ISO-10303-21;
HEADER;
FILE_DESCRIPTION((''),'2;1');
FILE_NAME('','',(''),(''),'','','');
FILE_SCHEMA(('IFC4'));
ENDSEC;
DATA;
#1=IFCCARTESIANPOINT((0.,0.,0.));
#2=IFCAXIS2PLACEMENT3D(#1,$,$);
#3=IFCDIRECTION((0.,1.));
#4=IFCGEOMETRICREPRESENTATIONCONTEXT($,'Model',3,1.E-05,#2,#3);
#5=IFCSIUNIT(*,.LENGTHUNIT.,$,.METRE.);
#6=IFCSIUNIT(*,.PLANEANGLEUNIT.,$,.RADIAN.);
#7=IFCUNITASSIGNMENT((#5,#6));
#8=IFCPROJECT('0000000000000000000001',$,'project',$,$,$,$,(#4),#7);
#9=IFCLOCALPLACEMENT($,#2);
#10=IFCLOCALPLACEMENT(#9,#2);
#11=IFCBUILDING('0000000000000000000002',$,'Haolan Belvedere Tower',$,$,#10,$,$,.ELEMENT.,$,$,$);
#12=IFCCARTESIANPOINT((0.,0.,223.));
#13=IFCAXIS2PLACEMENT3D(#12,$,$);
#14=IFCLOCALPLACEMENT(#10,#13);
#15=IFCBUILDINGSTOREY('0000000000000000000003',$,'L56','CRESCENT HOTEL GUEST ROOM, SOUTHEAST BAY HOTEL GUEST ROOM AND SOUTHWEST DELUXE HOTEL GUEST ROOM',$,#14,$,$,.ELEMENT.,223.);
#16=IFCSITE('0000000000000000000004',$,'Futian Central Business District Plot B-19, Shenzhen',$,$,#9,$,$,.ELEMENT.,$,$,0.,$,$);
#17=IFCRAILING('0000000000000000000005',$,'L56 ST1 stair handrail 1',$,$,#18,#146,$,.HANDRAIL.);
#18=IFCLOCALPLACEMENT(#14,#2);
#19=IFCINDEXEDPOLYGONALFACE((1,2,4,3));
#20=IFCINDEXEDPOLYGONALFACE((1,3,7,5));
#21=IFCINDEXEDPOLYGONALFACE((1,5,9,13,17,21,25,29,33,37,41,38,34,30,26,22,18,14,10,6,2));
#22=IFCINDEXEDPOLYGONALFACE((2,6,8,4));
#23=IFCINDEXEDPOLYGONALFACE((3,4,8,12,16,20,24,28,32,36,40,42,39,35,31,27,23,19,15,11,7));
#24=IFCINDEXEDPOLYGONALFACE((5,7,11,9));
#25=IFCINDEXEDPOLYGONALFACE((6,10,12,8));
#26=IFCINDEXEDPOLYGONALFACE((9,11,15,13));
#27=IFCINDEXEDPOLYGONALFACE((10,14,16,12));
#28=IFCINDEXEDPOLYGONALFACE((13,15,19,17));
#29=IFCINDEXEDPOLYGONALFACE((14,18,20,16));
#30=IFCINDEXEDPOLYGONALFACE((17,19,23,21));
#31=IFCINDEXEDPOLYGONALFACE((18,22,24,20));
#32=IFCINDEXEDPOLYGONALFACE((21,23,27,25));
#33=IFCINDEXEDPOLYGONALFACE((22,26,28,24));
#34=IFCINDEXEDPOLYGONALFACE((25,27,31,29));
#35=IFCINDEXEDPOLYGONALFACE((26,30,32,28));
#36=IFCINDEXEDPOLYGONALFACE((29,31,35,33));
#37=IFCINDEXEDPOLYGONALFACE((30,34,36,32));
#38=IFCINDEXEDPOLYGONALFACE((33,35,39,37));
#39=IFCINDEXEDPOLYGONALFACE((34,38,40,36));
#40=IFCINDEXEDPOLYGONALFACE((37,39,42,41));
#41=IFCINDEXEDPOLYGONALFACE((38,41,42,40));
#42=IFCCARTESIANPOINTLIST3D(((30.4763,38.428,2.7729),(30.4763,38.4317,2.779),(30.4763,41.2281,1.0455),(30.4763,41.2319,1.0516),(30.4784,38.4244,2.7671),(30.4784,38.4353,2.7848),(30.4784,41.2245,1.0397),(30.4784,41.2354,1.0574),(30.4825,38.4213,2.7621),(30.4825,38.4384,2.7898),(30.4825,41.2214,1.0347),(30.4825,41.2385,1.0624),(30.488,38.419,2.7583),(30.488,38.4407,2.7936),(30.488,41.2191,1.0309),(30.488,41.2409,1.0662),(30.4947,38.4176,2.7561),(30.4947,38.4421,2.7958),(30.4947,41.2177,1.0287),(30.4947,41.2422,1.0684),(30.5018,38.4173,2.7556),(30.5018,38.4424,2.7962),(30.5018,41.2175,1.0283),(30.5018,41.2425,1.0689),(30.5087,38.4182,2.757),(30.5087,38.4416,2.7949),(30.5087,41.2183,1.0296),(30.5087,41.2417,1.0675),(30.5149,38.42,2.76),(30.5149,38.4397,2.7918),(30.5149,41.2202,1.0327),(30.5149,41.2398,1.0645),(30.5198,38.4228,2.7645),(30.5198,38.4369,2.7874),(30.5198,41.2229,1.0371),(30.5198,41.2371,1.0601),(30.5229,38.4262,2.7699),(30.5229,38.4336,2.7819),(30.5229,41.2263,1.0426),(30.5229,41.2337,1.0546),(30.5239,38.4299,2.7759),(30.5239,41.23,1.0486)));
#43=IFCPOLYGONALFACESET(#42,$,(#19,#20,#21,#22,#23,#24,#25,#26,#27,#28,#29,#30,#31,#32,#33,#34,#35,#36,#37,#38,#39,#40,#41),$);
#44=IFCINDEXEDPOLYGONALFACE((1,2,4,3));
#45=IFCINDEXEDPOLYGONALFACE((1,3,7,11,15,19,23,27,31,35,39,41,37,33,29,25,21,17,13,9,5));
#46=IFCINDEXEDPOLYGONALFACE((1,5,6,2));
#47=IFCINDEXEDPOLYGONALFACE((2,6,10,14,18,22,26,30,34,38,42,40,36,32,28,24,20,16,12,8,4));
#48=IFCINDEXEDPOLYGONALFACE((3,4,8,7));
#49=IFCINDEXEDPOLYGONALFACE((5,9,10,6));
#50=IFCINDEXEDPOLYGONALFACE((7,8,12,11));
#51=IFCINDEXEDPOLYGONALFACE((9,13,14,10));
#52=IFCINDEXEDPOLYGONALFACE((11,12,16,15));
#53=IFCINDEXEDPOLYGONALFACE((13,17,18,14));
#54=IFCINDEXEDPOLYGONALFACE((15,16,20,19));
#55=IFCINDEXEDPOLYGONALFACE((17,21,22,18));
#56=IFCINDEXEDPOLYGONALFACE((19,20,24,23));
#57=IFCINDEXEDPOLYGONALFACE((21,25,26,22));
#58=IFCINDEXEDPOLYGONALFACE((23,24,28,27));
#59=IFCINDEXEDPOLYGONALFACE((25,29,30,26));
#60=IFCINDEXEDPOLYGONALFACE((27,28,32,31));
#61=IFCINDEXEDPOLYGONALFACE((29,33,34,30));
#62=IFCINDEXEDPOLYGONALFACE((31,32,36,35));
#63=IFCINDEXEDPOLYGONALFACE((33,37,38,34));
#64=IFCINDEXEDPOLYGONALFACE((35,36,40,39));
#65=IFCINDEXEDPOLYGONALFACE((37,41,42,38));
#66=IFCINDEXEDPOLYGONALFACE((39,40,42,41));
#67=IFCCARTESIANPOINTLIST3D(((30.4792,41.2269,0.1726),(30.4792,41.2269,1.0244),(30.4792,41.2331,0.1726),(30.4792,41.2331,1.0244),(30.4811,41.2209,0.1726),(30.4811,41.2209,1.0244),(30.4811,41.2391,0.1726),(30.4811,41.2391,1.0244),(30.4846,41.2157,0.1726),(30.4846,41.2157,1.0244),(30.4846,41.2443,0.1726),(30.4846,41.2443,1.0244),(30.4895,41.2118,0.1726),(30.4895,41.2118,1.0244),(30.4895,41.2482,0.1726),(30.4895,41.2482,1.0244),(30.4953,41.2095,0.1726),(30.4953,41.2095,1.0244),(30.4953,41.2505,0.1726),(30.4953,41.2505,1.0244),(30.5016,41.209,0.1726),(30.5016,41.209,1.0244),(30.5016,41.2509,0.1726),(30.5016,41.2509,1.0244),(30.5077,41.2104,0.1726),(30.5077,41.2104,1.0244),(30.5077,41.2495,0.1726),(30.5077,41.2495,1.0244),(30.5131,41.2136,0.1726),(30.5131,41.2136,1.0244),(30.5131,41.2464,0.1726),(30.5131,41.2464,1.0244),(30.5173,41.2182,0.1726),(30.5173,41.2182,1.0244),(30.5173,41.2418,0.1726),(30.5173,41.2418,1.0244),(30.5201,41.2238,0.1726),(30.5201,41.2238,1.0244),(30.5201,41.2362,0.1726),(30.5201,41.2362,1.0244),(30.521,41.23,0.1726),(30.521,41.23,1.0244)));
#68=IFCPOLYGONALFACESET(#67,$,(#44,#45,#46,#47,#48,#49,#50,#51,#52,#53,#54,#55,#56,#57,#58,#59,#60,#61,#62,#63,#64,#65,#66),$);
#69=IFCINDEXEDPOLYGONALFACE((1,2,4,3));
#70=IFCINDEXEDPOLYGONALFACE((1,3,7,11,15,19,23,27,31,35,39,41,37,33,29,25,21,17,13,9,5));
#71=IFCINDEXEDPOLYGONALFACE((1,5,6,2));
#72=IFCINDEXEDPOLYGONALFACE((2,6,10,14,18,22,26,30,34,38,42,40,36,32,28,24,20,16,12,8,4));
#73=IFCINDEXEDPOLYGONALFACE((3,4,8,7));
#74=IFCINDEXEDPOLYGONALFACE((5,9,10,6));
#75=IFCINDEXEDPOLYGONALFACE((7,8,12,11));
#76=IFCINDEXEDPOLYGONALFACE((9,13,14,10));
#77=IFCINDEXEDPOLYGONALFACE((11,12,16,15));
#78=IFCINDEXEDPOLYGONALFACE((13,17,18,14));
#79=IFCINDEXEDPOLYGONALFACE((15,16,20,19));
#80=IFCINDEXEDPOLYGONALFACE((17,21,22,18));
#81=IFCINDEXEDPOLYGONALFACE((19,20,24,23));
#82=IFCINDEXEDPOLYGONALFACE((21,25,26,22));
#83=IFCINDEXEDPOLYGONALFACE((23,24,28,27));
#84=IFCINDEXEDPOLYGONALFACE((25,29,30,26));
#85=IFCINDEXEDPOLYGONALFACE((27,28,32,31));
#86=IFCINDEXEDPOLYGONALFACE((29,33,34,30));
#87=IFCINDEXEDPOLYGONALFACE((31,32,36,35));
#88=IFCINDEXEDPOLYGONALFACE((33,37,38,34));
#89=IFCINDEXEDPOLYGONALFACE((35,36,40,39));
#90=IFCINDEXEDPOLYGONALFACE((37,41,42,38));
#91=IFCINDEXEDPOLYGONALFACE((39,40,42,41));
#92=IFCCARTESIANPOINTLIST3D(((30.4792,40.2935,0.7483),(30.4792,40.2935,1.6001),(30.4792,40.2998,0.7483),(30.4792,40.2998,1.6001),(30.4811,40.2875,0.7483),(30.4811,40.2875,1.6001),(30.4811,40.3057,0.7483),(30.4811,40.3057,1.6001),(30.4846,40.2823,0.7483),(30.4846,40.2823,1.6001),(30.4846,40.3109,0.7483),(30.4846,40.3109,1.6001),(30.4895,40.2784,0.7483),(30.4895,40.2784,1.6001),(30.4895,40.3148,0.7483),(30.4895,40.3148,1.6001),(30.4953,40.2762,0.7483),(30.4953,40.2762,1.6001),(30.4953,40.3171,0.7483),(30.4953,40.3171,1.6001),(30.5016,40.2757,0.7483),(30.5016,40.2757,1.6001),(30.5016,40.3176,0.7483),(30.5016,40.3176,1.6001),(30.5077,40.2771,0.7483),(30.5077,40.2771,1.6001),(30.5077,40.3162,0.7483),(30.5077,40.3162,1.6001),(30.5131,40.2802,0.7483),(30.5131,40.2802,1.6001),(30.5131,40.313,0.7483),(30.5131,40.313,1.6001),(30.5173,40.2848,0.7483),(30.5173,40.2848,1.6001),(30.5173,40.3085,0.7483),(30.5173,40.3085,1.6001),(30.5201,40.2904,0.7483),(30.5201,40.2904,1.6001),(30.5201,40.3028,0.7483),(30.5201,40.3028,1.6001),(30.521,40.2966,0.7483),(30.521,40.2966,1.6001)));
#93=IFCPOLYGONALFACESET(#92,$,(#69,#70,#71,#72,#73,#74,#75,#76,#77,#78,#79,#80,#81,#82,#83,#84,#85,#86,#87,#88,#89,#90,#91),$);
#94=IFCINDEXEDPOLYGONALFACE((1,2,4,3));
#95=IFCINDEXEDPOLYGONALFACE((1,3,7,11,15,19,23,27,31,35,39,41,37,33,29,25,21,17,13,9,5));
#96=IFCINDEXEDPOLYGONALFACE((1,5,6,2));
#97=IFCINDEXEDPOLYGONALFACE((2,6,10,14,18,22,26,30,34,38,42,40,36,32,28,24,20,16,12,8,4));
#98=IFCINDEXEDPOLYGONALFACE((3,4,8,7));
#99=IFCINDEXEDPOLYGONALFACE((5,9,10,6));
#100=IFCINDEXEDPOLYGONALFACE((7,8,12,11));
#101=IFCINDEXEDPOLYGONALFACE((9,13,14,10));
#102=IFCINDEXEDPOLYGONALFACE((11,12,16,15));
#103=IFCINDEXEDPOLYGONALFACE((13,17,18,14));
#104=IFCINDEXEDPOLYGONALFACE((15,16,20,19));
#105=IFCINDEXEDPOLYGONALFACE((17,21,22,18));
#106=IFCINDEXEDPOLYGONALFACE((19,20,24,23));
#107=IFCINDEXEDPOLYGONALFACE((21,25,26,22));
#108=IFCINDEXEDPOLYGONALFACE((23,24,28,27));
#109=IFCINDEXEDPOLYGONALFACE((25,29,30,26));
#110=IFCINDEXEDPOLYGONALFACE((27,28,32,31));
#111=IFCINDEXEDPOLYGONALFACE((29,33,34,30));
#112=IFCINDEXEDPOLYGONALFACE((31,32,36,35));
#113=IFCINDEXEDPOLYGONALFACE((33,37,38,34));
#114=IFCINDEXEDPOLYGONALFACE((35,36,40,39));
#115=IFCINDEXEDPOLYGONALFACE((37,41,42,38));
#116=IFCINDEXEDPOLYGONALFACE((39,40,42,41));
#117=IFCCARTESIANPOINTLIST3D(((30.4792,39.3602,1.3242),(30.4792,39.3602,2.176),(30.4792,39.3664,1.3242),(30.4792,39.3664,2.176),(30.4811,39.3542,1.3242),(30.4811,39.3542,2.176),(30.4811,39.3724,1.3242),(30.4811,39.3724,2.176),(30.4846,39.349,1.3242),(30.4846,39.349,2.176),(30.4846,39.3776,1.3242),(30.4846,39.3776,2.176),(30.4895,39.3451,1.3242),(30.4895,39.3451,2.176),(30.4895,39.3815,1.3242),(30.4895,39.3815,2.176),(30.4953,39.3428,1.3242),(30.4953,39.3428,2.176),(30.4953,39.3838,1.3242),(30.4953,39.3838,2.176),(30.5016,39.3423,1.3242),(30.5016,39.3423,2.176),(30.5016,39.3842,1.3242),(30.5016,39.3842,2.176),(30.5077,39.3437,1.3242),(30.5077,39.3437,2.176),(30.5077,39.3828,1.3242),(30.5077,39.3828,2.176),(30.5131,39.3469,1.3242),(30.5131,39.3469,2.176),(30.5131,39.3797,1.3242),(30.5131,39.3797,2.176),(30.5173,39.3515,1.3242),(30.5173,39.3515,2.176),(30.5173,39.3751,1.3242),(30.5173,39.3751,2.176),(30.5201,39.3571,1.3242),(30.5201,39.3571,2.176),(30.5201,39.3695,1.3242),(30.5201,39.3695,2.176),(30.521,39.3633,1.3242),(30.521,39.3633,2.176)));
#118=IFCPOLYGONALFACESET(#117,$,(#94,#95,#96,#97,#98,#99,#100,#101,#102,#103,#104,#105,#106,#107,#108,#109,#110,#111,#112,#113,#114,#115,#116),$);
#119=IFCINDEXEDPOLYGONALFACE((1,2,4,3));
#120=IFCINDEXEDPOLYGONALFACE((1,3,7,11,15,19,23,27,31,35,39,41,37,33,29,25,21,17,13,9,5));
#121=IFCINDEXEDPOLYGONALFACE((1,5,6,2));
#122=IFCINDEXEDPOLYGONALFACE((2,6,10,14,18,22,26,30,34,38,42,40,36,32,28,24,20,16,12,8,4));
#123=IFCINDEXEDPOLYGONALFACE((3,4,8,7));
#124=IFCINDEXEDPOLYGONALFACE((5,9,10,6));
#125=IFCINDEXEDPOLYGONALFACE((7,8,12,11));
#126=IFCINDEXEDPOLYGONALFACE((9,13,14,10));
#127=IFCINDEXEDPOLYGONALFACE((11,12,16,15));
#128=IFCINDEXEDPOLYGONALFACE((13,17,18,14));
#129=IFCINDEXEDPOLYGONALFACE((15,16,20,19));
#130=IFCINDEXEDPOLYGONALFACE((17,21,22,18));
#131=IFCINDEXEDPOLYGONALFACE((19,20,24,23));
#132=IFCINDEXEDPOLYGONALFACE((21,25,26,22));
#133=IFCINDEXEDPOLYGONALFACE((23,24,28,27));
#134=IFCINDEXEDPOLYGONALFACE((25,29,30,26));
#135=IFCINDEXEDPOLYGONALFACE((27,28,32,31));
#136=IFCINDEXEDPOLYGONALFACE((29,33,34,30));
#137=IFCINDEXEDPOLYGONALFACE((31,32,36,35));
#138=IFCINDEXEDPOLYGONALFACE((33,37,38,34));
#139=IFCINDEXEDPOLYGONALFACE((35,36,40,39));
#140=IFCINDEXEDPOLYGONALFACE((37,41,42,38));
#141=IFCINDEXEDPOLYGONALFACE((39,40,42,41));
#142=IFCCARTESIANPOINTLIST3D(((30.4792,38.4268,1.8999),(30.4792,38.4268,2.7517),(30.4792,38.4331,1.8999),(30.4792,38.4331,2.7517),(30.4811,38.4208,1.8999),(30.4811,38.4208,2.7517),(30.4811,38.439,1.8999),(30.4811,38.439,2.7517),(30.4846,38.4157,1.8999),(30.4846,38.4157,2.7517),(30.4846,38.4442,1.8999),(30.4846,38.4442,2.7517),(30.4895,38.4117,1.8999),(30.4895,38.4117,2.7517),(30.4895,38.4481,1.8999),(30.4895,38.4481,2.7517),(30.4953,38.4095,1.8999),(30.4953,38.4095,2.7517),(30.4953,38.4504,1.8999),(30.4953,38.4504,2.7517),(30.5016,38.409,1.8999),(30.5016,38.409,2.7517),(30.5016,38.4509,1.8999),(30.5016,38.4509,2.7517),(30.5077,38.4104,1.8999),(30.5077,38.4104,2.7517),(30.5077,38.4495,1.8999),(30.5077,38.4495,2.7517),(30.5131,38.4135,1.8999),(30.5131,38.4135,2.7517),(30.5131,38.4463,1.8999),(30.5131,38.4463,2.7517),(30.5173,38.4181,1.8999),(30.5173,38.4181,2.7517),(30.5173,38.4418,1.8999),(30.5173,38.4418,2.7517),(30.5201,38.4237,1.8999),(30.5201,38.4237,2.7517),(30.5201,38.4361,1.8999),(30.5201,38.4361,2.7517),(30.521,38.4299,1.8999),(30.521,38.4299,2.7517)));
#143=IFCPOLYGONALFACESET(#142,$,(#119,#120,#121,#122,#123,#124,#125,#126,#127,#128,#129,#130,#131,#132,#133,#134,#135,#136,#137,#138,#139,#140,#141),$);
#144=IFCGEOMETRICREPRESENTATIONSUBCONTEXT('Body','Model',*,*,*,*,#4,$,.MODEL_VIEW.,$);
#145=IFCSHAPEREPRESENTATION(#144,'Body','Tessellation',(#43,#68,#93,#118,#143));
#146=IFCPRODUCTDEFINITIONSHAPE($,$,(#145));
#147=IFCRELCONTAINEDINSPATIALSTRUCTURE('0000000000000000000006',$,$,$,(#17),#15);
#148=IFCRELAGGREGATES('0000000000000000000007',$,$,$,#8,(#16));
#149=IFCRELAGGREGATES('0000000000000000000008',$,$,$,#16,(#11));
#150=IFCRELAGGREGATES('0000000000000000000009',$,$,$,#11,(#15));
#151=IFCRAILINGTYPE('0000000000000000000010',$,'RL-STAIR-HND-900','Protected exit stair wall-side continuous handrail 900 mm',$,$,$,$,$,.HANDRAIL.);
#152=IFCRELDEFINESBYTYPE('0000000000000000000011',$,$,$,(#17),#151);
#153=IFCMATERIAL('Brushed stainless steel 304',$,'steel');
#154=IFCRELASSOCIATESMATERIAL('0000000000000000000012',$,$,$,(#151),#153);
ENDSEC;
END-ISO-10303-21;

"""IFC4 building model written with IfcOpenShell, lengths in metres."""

from ifc_helpers import new_model, si_unit, direction, frame, origin, origin_2d, place, context, subcontext, project, spatial, circle, extrude, material, type_object, element, save


model = new_model("IFC4")

# Units and contexts
model_context = context("Model", 3, precision=1e-05, world=origin(), true_north=direction((0.0, 1.0)))
body_context = subcontext(model_context, "Body", "Model", "MODEL_VIEW")
ifc_project = project(units=[si_unit("LENGTHUNIT", "METRE"), si_unit("PLANEANGLEUNIT", "RADIAN")], contexts=[model_context])

# Site, building, storey
site_placement = place(None, origin())
site = spatial("IfcSite", under=ifc_project, at=site_placement, Name="Futian Central Business District Plot B-19, Shenzhen", CompositionType="ELEMENT", RefElevation=0.0)
building_placement = place(site_placement, origin())
building = spatial("IfcBuilding", under=site, at=building_placement, Name="Haolan Belvedere Tower", CompositionType="ELEMENT")
storey_placement = place(building_placement, frame((0.0, 0.0, 223.0)))
storey = spatial("IfcBuildingStorey", under=building, at=storey_placement, Name="L56", Description="CRESCENT HOTEL GUEST ROOM, SOUTHEAST BAY HOTEL GUEST ROOM AND SOUTHWEST DELUXE HOTEL GUEST ROOM", CompositionType="ELEMENT", Elevation=223.0)

# Railing
ifc_material_1 = material(Name="Brushed stainless steel 304", Category="steel")
railing_type_1 = type_object("IfcRailingType", Name="RL-STAIR-HND-900", Description="Protected exit stair wall-side continuous handrail 900 mm", PredefinedType="HANDRAIL", material=ifc_material_1)
railing_1_placement = place(storey_placement, frame((30.5, 41.23, 0.1726)))
element("IfcRailing", 1, at=railing_1_placement, inside=storey, type_object=railing_type_1, Name="L56 ST1 stair handrail 1", PredefinedType="HANDRAIL", context=body_context, shape_type="SweptSolid", body=[
    extrude(circle(Radius=0.0239, at=origin_2d()), frame((0.0, 0.0, 0.876), z_axis=(0.0, -0.85109, 0.52502), x_axis=(1.0, 0.0, 0.0)), (0.0, 0.0, 1.0), 3.29),
    extrude(circle(Radius=0.021, at=origin_2d()), origin(), (0.0, 0.0, 1.0), 0.8518),
    extrude(circle(Radius=0.021, at=origin_2d()), frame((0.0, -0.9333, 0.5757)), (0.0, 0.0, 1.0), 0.8518),
    extrude(circle(Radius=0.021, at=origin_2d()), frame((0.0, -1.8667, 1.1516)), (0.0, 0.0, 1.0), 0.8518),
    extrude(circle(Radius=0.021, at=origin_2d()), frame((0.0, -2.8, 1.7273)), (0.0, 0.0, 1.0), 0.8518),
])

save(model, "model.ifc")
